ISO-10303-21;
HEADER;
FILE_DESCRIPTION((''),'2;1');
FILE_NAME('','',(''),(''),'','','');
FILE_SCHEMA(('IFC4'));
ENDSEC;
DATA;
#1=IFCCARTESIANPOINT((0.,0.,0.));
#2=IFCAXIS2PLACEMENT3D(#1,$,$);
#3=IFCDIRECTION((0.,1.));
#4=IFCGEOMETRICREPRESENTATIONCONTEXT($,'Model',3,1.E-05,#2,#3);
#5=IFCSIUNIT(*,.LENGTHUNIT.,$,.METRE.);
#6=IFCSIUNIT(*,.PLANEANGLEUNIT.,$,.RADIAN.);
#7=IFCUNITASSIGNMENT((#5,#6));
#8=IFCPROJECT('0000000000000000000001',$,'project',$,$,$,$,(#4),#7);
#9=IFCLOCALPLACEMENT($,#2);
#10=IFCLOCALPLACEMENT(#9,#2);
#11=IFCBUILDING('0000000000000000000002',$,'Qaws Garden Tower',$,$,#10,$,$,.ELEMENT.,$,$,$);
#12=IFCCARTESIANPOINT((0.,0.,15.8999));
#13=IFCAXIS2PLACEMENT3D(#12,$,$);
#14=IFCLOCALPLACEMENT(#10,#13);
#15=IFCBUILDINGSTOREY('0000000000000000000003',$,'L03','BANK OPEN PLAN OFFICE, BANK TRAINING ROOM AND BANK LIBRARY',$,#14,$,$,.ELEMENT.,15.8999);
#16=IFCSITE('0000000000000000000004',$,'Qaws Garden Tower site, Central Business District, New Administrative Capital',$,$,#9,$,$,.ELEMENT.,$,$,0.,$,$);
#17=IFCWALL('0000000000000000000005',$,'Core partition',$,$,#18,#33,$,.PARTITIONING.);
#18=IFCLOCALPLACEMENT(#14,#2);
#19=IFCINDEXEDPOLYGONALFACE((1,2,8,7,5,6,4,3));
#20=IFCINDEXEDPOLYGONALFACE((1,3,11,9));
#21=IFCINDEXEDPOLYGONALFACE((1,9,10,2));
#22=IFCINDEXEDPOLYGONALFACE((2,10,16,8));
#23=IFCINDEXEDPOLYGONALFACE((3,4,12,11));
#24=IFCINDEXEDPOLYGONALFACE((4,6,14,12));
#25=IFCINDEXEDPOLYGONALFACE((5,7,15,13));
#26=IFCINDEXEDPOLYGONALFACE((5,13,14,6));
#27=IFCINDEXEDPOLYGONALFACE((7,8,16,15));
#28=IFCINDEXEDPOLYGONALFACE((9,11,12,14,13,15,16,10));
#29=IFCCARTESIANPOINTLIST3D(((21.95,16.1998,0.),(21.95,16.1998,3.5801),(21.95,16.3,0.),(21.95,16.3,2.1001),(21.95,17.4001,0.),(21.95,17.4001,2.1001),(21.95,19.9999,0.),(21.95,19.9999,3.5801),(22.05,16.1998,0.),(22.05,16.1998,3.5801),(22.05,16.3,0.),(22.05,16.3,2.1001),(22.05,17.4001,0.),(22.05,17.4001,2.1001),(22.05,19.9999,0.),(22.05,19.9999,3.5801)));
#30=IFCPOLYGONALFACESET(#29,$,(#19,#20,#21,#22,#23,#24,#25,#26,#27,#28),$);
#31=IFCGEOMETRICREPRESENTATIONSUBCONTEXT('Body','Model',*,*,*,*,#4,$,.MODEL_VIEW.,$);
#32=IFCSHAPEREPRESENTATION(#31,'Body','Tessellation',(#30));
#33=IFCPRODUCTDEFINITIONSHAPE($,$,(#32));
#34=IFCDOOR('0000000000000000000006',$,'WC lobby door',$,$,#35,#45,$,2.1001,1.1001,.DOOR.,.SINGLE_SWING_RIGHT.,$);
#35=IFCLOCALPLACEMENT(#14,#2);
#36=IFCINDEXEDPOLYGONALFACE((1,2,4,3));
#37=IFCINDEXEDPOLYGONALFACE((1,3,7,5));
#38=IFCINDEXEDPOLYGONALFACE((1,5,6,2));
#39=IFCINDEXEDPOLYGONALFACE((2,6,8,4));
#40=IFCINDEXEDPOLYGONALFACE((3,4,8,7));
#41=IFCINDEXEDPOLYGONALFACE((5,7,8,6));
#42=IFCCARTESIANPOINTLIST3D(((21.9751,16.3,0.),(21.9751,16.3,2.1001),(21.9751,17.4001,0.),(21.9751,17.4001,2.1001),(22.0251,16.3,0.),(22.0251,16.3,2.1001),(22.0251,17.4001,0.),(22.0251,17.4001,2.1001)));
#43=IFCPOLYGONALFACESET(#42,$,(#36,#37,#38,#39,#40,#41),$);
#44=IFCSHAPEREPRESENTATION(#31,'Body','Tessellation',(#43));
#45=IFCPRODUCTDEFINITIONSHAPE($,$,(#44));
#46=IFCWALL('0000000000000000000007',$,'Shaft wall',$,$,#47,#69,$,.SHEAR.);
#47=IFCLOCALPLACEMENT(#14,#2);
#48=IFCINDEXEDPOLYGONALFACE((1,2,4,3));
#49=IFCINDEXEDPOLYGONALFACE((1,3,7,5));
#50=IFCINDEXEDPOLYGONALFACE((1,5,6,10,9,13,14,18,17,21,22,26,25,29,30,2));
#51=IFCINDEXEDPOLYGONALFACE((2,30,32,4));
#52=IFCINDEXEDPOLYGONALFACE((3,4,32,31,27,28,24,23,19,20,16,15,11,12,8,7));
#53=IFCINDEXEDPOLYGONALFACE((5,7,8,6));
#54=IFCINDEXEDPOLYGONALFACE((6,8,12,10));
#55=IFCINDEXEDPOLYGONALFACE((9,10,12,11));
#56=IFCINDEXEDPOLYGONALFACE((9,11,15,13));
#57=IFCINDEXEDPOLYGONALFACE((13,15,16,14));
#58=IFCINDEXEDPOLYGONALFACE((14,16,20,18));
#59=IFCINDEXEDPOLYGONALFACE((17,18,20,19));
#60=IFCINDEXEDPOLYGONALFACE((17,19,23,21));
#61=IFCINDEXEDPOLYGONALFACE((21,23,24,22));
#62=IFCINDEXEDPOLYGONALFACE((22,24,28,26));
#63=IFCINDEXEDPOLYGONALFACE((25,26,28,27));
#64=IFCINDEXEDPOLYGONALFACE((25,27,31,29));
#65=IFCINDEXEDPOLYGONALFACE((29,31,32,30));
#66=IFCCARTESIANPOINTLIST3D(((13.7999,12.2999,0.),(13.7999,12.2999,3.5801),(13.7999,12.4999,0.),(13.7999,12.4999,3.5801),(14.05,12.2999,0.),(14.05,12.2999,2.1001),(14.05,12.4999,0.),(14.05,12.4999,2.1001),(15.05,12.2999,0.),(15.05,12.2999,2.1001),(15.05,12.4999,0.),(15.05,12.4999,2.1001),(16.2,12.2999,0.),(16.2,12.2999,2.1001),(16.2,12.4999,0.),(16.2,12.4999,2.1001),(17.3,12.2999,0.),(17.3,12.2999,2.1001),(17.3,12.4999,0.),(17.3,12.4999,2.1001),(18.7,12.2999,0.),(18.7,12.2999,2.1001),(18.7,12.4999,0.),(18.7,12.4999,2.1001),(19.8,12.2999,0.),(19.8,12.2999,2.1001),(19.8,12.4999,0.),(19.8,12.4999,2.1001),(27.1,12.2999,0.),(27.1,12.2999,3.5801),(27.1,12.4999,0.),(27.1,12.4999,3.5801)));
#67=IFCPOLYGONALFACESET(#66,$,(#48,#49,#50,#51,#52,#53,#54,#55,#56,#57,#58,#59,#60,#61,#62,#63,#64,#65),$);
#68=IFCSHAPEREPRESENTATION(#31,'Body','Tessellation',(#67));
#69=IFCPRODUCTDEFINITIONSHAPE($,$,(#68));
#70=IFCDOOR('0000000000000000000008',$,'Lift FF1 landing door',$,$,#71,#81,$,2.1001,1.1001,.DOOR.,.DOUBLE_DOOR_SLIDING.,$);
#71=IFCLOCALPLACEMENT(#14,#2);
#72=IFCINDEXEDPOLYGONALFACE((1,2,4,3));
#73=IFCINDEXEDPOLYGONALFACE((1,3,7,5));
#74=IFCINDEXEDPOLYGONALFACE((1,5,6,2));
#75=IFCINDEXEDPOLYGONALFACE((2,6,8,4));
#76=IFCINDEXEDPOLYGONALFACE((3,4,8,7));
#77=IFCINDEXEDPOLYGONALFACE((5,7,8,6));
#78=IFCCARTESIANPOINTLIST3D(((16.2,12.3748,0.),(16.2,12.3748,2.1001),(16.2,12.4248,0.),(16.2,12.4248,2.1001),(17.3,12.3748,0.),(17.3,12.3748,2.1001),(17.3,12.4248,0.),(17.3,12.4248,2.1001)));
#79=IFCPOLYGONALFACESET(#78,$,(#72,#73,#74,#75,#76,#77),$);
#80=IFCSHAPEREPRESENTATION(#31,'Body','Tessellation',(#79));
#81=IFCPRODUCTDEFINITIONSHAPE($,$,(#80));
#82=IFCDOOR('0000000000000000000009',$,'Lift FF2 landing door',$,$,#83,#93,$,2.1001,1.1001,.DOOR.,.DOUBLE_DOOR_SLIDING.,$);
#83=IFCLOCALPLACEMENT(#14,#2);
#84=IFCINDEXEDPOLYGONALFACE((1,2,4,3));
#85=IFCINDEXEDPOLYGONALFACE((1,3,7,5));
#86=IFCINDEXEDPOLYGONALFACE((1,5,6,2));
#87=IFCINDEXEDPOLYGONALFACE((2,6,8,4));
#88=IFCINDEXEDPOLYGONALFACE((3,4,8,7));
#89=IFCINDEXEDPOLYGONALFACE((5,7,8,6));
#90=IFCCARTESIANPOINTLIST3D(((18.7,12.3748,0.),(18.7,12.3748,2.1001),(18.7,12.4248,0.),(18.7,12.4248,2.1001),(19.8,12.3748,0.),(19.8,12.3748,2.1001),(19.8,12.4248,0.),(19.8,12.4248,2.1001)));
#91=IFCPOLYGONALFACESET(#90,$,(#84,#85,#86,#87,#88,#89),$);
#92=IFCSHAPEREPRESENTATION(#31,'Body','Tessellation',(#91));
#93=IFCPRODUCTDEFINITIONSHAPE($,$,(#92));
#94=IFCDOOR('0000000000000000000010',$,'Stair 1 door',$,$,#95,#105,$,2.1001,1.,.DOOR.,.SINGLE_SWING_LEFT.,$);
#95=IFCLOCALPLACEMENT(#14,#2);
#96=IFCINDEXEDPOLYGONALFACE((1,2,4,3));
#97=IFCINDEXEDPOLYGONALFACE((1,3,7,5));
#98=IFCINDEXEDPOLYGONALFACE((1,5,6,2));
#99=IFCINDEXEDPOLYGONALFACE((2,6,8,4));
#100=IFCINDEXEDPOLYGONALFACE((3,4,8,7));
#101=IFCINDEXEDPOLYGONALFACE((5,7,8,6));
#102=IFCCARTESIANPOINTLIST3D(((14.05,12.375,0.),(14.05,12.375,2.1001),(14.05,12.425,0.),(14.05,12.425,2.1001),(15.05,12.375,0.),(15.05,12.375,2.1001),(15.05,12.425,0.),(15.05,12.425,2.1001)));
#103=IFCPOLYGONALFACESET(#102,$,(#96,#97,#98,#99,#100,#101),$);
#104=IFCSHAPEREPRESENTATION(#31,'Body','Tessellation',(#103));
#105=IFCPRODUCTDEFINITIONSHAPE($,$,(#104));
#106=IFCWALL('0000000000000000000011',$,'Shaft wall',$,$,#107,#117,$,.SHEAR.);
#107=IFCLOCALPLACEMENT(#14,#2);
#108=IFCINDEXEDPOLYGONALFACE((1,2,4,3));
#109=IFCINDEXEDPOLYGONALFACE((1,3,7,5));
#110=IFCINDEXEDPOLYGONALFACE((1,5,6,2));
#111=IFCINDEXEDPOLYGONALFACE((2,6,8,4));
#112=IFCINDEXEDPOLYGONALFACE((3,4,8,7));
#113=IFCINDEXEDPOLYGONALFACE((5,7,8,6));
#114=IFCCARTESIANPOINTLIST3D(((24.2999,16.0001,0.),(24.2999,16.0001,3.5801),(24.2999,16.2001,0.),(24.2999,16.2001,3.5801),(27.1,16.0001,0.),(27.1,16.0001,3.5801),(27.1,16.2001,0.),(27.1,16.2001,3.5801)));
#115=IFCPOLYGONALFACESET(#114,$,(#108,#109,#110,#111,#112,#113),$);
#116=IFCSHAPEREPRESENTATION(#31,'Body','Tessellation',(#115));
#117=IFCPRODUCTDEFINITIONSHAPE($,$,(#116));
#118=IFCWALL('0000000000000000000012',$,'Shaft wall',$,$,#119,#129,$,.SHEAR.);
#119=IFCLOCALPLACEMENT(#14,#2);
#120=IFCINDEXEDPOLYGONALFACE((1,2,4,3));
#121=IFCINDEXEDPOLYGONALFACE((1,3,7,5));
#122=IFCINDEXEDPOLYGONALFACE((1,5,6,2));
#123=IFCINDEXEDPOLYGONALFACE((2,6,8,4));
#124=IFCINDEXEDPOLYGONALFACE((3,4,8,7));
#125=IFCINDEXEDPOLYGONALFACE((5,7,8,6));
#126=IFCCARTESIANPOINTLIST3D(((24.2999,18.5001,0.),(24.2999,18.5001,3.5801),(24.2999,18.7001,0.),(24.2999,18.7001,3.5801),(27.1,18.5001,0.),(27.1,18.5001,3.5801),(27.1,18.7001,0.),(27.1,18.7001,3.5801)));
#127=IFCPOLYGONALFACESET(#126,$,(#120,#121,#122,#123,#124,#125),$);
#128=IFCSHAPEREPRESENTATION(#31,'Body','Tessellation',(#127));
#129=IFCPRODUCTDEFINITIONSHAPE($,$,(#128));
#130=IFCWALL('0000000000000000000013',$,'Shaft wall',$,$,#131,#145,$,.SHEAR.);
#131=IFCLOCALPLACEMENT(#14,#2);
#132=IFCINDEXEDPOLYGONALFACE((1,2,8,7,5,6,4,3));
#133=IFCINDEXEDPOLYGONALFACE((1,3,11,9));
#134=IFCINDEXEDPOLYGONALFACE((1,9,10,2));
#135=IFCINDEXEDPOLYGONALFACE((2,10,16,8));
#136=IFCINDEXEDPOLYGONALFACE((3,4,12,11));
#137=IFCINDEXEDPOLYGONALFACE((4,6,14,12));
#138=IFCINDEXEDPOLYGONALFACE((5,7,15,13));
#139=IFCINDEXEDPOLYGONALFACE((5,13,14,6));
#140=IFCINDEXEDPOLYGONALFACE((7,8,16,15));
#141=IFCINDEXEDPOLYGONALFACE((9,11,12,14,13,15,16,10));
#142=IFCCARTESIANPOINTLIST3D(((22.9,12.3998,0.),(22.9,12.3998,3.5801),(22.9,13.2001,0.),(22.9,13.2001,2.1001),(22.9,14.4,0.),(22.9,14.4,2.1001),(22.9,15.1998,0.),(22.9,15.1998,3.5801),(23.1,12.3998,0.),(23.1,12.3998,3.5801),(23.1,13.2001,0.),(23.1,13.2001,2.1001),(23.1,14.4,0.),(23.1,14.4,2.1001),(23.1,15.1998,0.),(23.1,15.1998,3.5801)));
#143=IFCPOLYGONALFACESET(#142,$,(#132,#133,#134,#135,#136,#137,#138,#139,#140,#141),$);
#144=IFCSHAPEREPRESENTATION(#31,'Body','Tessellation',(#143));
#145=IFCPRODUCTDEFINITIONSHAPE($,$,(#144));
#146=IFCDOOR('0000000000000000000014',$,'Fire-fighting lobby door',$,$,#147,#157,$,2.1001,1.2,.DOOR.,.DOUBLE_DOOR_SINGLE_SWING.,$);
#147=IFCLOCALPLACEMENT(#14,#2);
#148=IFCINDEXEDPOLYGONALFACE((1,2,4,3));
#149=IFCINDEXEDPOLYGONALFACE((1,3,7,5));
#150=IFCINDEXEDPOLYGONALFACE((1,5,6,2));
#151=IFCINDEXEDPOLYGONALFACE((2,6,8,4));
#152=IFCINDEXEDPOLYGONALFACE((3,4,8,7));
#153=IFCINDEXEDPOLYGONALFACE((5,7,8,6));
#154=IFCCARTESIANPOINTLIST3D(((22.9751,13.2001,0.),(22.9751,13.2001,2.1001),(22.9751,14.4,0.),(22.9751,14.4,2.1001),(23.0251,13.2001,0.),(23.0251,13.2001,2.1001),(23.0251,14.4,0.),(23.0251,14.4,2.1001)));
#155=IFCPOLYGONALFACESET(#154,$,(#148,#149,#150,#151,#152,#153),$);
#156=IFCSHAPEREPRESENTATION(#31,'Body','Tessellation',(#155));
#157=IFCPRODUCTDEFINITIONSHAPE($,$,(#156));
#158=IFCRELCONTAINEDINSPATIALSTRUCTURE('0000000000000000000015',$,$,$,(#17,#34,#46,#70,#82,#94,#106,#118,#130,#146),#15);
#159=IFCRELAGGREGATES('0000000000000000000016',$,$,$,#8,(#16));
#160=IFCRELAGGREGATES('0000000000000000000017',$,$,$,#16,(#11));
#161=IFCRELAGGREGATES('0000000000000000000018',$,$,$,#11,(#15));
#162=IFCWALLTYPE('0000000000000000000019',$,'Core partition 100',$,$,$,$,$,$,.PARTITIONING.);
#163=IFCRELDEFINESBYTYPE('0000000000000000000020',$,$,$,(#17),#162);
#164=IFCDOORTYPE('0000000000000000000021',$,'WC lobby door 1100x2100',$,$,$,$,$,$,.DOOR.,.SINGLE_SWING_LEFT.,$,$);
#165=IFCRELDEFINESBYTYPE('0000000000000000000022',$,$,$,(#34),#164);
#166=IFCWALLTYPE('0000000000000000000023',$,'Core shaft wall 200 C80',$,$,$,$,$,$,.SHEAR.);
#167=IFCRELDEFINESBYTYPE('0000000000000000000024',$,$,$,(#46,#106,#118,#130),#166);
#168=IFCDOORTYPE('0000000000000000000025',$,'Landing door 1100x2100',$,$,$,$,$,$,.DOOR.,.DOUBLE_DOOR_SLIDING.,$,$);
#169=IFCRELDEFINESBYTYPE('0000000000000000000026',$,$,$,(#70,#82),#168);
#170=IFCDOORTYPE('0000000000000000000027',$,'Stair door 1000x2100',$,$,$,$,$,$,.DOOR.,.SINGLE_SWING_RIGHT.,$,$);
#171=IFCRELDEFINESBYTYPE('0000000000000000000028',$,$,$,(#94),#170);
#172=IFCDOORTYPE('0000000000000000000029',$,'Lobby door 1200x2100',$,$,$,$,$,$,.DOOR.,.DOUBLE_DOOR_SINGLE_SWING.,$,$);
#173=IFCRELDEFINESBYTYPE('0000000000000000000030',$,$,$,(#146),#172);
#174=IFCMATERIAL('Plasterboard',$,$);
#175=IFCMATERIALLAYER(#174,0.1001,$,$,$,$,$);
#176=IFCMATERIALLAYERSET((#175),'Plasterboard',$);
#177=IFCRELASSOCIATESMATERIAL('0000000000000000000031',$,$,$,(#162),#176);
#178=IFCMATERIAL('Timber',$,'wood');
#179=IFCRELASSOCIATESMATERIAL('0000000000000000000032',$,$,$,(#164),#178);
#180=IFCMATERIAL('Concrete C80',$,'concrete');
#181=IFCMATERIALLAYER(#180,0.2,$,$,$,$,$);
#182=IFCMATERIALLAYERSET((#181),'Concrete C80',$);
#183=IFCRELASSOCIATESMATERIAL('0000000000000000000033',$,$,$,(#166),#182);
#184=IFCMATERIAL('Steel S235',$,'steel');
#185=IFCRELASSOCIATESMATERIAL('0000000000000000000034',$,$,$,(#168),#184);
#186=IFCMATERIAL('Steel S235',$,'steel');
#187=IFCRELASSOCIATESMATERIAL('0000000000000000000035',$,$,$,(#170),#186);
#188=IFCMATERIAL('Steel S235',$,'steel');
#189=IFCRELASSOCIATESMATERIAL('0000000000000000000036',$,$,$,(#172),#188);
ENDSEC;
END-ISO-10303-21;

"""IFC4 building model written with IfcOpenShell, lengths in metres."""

from ifc_helpers import new_model, si_unit, direction, frame, frame_2d, origin, place, context, subcontext, project, spatial, rectangle, extrude, material, layer, layer_set, type_object, element, fill, save


model = new_model("IFC4")

# Units and contexts
model_context = context("Model", 3, precision=1e-05, world=origin(), true_north=direction((0.0, 1.0)))
body_context = subcontext(model_context, "Body", "Model", "MODEL_VIEW")
ifc_project = project(units=[si_unit("LENGTHUNIT", "METRE"), si_unit("PLANEANGLEUNIT", "RADIAN")], contexts=[model_context])

# Site, building, storey
site_placement = place(None, origin())
site = spatial("IfcSite", under=ifc_project, at=site_placement, Name="Qaws Garden Tower site, Central Business District, New Administrative Capital", CompositionType="ELEMENT", RefElevation=0.0)
building_placement = place(site_placement, origin())
building = spatial("IfcBuilding", under=site, at=building_placement, Name="Qaws Garden Tower", CompositionType="ELEMENT")
storey_placement = place(building_placement, frame((0.0, 0.0, 15.8999)))
storey = spatial("IfcBuildingStorey", under=building, at=storey_placement, Name="L03", Description="BANK OPEN PLAN OFFICE, BANK TRAINING ROOM AND BANK LIBRARY", CompositionType="ELEMENT", Elevation=15.8999)

# Shared definitions
ifc_material_1 = material(Name="Plasterboard")
ifc_layer_1 = layer(ifc_material_1, 0.1001)
ifc_layer_set_1 = layer_set([ifc_layer_1], Name="Plasterboard")
wall_type_1 = type_object("IfcWallType", Name="Core partition 100", PredefinedType="PARTITIONING", material=ifc_layer_set_1)

# Wall, opening, door
wall_1_placement = place(storey_placement, frame((22.0, 16.2, 0.0), z_axis=(0.0, 0.0, 1.0), x_axis=(0.0, 1.0, 0.0)))
wall_1 = element("IfcWall", 1, at=wall_1_placement, inside=storey, type_object=wall_type_1, Name="Core partition", PredefinedType="PARTITIONING", context=body_context, shape_type="SweptSolid", body=[
    extrude(rectangle(XDim=3.8, YDim=0.1001, at=frame_2d((1.8999, 0.0))), origin(), (0.0, 0.0, 1.0), 3.5801),
])
opening_1_placement = place(wall_1_placement, frame((0.1001, 0.0, 0.0)))
opening_1 = element("IfcOpeningElement", 2, at=opening_1_placement, cuts=wall_1, PredefinedType="OPENING", context=body_context, shape_type="SweptSolid", body=[
    extrude(rectangle(XDim=1.1001, YDim=2.1001, at=frame_2d((0.55, 1.05))), frame((0.0, 0.0601, 0.0), z_axis=(0.0, -1.0, 0.0), x_axis=(1.0, 0.0, 0.0)), (0.0, 0.0, 1.0), 0.1201),
])
ifc_material_2 = material(Name="Timber", Category="wood")
door_type_1 = type_object("IfcDoorType", Name="WC lobby door 1100x2100", OperationType="SINGLE_SWING_LEFT", PredefinedType="DOOR", material=ifc_material_2)
door_1_placement = place(opening_1_placement, origin())
door_1 = element("IfcDoor", 3, at=door_1_placement, inside=storey, type_object=door_type_1, Name="WC lobby door", OperationType="SINGLE_SWING_RIGHT", OverallHeight=2.1001, OverallWidth=1.1001, PredefinedType="DOOR", context=body_context, shape_type="SweptSolid", body=[
    extrude(rectangle(XDim=1.1001, YDim=2.1001, at=frame_2d((0.55, 1.05))), frame((0.0, 0.0249, 0.0), z_axis=(0.0, -1.0, 0.0), x_axis=(1.0, 0.0, 0.0)), (0.0, 0.0, 1.0), 0.05),
])
fill(opening_1, door_1)

# Wall, openings, doors
ifc_material_3 = material(Name="Concrete C80", Category="concrete")
ifc_layer_2 = layer(ifc_material_3, 0.2)
ifc_layer_set_2 = layer_set([ifc_layer_2], Name="Concrete C80")
wall_type_2 = type_object("IfcWallType", Name="Core shaft wall 200 C80", PredefinedType="SHEAR", material=ifc_layer_set_2)
wall_2_placement = place(storey_placement, frame((13.8, 12.3999, 0.0), z_axis=(0.0, 0.0, 1.0), x_axis=(1.0, 0.0, 0.0)))
wall_2 = element("IfcWall", 4, at=wall_2_placement, inside=storey, type_object=wall_type_2, Name="Shaft wall", PredefinedType="SHEAR", context=body_context, shape_type="SweptSolid", body=[
    extrude(rectangle(XDim=13.3, YDim=0.2, at=frame_2d((6.6499, 0.0))), origin(), (0.0, 0.0, 1.0), 3.5801),
])
opening_2_placement = place(wall_2_placement, frame((2.3999, 0.0, 0.0)))
opening_2 = element("IfcOpeningElement", 5, at=opening_2_placement, cuts=wall_2, PredefinedType="OPENING", context=body_context, shape_type="SweptSolid", body=[
    extrude(rectangle(XDim=1.1001, YDim=2.1001, at=frame_2d((0.55, 1.05))), frame((0.0, 0.1099, 0.0), z_axis=(0.0, -1.0, 0.0), x_axis=(1.0, 0.0, 0.0)), (0.0, 0.0, 1.0), 0.22),
])
opening_3_placement = place(wall_2_placement, frame((4.8999, 0.0, 0.0)))
opening_3 = element("IfcOpeningElement", 6, at=opening_3_placement, cuts=wall_2, PredefinedType="OPENING", context=body_context, shape_type="SweptSolid", body=[
    extrude(rectangle(XDim=1.1001, YDim=2.1001, at=frame_2d((0.55, 1.05))), frame((0.0, 0.1099, 0.0), z_axis=(0.0, -1.0, 0.0), x_axis=(1.0, 0.0, 0.0)), (0.0, 0.0, 1.0), 0.22),
])
opening_4_placement = place(wall_2_placement, frame((0.25, 0.0, 0.0)))
opening_4 = element("IfcOpeningElement", 7, at=opening_4_placement, cuts=wall_2, PredefinedType="OPENING", context=body_context, shape_type="SweptSolid", body=[
    extrude(rectangle(XDim=1.0, YDim=2.1001, at=frame_2d((0.5, 1.05))), frame((0.0, 0.1099, 0.0), z_axis=(0.0, -1.0, 0.0), x_axis=(1.0, 0.0, 0.0)), (0.0, 0.0, 1.0), 0.22),
])
ifc_material_4 = material(Name="Steel S235", Category="steel")
door_type_2 = type_object("IfcDoorType", Name="Landing door 1100x2100", OperationType="DOUBLE_DOOR_SLIDING", PredefinedType="DOOR", material=ifc_material_4)
door_2_placement = place(opening_2_placement, origin())
door_2 = element("IfcDoor", 8, at=door_2_placement, inside=storey, type_object=door_type_2, Name="Lift FF1 landing door", OperationType="DOUBLE_DOOR_SLIDING", OverallHeight=2.1001, OverallWidth=1.1001, PredefinedType="DOOR", context=body_context, shape_type="SweptSolid", body=[
    extrude(rectangle(XDim=1.1001, YDim=2.1001, at=frame_2d((0.55, 1.05))), frame((0.0, 0.0249, 0.0), z_axis=(0.0, -1.0, 0.0), x_axis=(1.0, 0.0, 0.0)), (0.0, 0.0, 1.0), 0.05),
])
fill(opening_2, door_2)
door_3_placement = place(opening_3_placement, origin())
door_3 = element("IfcDoor", 9, at=door_3_placement, inside=storey, type_object=door_type_2, Name="Lift FF2 landing door", OperationType="DOUBLE_DOOR_SLIDING", OverallHeight=2.1001, OverallWidth=1.1001, PredefinedType="DOOR", context=body_context, shape_type="SweptSolid", body=[
    extrude(rectangle(XDim=1.1001, YDim=2.1001, at=frame_2d((0.55, 1.05))), frame((0.0, 0.0249, 0.0), z_axis=(0.0, -1.0, 0.0), x_axis=(1.0, 0.0, 0.0)), (0.0, 0.0, 1.0), 0.05),
])
fill(opening_3, door_3)
ifc_material_5 = material(Name="Steel S235", Category="steel")
door_type_3 = type_object("IfcDoorType", Name="Stair door 1000x2100", OperationType="SINGLE_SWING_RIGHT", PredefinedType="DOOR", material=ifc_material_5)
door_4_placement = place(opening_4_placement, frame((1.0, 0.0, 0.0), z_axis=(0.0, 0.0, 1.0), x_axis=(-1.0, 0.0, 0.0)))
door_4 = element("IfcDoor", 10, at=door_4_placement, inside=storey, type_object=door_type_3, Name="Stair 1 door", OperationType="SINGLE_SWING_LEFT", OverallHeight=2.1001, OverallWidth=1.0, PredefinedType="DOOR", context=body_context, shape_type="SweptSolid", body=[
    extrude(rectangle(XDim=1.0, YDim=2.1001, at=frame_2d((0.5, 1.05))), frame((0.0, 0.0249, 0.0), z_axis=(0.0, -1.0, 0.0), x_axis=(1.0, 0.0, 0.0)), (0.0, 0.0, 1.0), 0.05),
])
fill(opening_4, door_4)

# Walls
for number, where, z_axis, x_axis, name in (
    (11, (24.3, 16.1001, 0.0), (0.0, 0.0, 1.0), (1.0, 0.0, 0.0), "Shaft wall"),
    (12, (24.3, 18.6001, 0.0), (0.0, 0.0, 1.0), (1.0, 0.0, 0.0), "Shaft wall"),
):
    element("IfcWall", number, at=place(storey_placement, frame(where, z_axis=z_axis, x_axis=x_axis)), inside=storey, type_object=wall_type_2, Name=name, PredefinedType="SHEAR", context=body_context, shape_type="SweptSolid", body=[
        extrude(rectangle(XDim=2.8, YDim=0.2, at=frame_2d((1.3999, 0.0))), origin(), (0.0, 0.0, 1.0), 3.5801),
    ])

# Wall, opening, door
wall_3_placement = place(storey_placement, frame((23.0, 12.3999, 0.0), z_axis=(0.0, 0.0, 1.0), x_axis=(0.0, 1.0, 0.0)))
wall_3 = element("IfcWall", 13, at=wall_3_placement, inside=storey, type_object=wall_type_2, Name="Shaft wall", PredefinedType="SHEAR", context=body_context, shape_type="SweptSolid", body=[
    extrude(rectangle(XDim=2.8, YDim=0.2, at=frame_2d((1.3999, 0.0))), origin(), (0.0, 0.0, 1.0), 3.5801),
])
opening_5_placement = place(wall_3_placement, frame((0.8, 0.0, 0.0)))
opening_5 = element("IfcOpeningElement", 14, at=opening_5_placement, cuts=wall_3, PredefinedType="OPENING", context=body_context, shape_type="SweptSolid", body=[
    extrude(rectangle(XDim=1.2, YDim=2.1001, at=frame_2d((0.6001, 1.05))), frame((0.0, 0.1099, 0.0), z_axis=(0.0, -1.0, 0.0), x_axis=(1.0, 0.0, 0.0)), (0.0, 0.0, 1.0), 0.22),
])
ifc_material_6 = material(Name="Steel S235", Category="steel")
door_type_4 = type_object("IfcDoorType", Name="Lobby door 1200x2100", OperationType="DOUBLE_DOOR_SINGLE_SWING", PredefinedType="DOOR", material=ifc_material_6)
door_5_placement = place(opening_5_placement, origin())
door_5 = element("IfcDoor", 15, at=door_5_placement, inside=storey, type_object=door_type_4, Name="Fire-fighting lobby door", OperationType="DOUBLE_DOOR_SINGLE_SWING", OverallHeight=2.1001, OverallWidth=1.2, PredefinedType="DOOR", context=body_context, shape_type="SweptSolid", body=[
    extrude(rectangle(XDim=1.2, YDim=2.1001, at=frame_2d((0.6001, 1.05))), frame((0.0, 0.0249, 0.0), z_axis=(0.0, -1.0, 0.0), x_axis=(1.0, 0.0, 0.0)), (0.0, 0.0, 1.0), 0.05),
])
fill(opening_5, door_5)

save(model, "model.ifc")
